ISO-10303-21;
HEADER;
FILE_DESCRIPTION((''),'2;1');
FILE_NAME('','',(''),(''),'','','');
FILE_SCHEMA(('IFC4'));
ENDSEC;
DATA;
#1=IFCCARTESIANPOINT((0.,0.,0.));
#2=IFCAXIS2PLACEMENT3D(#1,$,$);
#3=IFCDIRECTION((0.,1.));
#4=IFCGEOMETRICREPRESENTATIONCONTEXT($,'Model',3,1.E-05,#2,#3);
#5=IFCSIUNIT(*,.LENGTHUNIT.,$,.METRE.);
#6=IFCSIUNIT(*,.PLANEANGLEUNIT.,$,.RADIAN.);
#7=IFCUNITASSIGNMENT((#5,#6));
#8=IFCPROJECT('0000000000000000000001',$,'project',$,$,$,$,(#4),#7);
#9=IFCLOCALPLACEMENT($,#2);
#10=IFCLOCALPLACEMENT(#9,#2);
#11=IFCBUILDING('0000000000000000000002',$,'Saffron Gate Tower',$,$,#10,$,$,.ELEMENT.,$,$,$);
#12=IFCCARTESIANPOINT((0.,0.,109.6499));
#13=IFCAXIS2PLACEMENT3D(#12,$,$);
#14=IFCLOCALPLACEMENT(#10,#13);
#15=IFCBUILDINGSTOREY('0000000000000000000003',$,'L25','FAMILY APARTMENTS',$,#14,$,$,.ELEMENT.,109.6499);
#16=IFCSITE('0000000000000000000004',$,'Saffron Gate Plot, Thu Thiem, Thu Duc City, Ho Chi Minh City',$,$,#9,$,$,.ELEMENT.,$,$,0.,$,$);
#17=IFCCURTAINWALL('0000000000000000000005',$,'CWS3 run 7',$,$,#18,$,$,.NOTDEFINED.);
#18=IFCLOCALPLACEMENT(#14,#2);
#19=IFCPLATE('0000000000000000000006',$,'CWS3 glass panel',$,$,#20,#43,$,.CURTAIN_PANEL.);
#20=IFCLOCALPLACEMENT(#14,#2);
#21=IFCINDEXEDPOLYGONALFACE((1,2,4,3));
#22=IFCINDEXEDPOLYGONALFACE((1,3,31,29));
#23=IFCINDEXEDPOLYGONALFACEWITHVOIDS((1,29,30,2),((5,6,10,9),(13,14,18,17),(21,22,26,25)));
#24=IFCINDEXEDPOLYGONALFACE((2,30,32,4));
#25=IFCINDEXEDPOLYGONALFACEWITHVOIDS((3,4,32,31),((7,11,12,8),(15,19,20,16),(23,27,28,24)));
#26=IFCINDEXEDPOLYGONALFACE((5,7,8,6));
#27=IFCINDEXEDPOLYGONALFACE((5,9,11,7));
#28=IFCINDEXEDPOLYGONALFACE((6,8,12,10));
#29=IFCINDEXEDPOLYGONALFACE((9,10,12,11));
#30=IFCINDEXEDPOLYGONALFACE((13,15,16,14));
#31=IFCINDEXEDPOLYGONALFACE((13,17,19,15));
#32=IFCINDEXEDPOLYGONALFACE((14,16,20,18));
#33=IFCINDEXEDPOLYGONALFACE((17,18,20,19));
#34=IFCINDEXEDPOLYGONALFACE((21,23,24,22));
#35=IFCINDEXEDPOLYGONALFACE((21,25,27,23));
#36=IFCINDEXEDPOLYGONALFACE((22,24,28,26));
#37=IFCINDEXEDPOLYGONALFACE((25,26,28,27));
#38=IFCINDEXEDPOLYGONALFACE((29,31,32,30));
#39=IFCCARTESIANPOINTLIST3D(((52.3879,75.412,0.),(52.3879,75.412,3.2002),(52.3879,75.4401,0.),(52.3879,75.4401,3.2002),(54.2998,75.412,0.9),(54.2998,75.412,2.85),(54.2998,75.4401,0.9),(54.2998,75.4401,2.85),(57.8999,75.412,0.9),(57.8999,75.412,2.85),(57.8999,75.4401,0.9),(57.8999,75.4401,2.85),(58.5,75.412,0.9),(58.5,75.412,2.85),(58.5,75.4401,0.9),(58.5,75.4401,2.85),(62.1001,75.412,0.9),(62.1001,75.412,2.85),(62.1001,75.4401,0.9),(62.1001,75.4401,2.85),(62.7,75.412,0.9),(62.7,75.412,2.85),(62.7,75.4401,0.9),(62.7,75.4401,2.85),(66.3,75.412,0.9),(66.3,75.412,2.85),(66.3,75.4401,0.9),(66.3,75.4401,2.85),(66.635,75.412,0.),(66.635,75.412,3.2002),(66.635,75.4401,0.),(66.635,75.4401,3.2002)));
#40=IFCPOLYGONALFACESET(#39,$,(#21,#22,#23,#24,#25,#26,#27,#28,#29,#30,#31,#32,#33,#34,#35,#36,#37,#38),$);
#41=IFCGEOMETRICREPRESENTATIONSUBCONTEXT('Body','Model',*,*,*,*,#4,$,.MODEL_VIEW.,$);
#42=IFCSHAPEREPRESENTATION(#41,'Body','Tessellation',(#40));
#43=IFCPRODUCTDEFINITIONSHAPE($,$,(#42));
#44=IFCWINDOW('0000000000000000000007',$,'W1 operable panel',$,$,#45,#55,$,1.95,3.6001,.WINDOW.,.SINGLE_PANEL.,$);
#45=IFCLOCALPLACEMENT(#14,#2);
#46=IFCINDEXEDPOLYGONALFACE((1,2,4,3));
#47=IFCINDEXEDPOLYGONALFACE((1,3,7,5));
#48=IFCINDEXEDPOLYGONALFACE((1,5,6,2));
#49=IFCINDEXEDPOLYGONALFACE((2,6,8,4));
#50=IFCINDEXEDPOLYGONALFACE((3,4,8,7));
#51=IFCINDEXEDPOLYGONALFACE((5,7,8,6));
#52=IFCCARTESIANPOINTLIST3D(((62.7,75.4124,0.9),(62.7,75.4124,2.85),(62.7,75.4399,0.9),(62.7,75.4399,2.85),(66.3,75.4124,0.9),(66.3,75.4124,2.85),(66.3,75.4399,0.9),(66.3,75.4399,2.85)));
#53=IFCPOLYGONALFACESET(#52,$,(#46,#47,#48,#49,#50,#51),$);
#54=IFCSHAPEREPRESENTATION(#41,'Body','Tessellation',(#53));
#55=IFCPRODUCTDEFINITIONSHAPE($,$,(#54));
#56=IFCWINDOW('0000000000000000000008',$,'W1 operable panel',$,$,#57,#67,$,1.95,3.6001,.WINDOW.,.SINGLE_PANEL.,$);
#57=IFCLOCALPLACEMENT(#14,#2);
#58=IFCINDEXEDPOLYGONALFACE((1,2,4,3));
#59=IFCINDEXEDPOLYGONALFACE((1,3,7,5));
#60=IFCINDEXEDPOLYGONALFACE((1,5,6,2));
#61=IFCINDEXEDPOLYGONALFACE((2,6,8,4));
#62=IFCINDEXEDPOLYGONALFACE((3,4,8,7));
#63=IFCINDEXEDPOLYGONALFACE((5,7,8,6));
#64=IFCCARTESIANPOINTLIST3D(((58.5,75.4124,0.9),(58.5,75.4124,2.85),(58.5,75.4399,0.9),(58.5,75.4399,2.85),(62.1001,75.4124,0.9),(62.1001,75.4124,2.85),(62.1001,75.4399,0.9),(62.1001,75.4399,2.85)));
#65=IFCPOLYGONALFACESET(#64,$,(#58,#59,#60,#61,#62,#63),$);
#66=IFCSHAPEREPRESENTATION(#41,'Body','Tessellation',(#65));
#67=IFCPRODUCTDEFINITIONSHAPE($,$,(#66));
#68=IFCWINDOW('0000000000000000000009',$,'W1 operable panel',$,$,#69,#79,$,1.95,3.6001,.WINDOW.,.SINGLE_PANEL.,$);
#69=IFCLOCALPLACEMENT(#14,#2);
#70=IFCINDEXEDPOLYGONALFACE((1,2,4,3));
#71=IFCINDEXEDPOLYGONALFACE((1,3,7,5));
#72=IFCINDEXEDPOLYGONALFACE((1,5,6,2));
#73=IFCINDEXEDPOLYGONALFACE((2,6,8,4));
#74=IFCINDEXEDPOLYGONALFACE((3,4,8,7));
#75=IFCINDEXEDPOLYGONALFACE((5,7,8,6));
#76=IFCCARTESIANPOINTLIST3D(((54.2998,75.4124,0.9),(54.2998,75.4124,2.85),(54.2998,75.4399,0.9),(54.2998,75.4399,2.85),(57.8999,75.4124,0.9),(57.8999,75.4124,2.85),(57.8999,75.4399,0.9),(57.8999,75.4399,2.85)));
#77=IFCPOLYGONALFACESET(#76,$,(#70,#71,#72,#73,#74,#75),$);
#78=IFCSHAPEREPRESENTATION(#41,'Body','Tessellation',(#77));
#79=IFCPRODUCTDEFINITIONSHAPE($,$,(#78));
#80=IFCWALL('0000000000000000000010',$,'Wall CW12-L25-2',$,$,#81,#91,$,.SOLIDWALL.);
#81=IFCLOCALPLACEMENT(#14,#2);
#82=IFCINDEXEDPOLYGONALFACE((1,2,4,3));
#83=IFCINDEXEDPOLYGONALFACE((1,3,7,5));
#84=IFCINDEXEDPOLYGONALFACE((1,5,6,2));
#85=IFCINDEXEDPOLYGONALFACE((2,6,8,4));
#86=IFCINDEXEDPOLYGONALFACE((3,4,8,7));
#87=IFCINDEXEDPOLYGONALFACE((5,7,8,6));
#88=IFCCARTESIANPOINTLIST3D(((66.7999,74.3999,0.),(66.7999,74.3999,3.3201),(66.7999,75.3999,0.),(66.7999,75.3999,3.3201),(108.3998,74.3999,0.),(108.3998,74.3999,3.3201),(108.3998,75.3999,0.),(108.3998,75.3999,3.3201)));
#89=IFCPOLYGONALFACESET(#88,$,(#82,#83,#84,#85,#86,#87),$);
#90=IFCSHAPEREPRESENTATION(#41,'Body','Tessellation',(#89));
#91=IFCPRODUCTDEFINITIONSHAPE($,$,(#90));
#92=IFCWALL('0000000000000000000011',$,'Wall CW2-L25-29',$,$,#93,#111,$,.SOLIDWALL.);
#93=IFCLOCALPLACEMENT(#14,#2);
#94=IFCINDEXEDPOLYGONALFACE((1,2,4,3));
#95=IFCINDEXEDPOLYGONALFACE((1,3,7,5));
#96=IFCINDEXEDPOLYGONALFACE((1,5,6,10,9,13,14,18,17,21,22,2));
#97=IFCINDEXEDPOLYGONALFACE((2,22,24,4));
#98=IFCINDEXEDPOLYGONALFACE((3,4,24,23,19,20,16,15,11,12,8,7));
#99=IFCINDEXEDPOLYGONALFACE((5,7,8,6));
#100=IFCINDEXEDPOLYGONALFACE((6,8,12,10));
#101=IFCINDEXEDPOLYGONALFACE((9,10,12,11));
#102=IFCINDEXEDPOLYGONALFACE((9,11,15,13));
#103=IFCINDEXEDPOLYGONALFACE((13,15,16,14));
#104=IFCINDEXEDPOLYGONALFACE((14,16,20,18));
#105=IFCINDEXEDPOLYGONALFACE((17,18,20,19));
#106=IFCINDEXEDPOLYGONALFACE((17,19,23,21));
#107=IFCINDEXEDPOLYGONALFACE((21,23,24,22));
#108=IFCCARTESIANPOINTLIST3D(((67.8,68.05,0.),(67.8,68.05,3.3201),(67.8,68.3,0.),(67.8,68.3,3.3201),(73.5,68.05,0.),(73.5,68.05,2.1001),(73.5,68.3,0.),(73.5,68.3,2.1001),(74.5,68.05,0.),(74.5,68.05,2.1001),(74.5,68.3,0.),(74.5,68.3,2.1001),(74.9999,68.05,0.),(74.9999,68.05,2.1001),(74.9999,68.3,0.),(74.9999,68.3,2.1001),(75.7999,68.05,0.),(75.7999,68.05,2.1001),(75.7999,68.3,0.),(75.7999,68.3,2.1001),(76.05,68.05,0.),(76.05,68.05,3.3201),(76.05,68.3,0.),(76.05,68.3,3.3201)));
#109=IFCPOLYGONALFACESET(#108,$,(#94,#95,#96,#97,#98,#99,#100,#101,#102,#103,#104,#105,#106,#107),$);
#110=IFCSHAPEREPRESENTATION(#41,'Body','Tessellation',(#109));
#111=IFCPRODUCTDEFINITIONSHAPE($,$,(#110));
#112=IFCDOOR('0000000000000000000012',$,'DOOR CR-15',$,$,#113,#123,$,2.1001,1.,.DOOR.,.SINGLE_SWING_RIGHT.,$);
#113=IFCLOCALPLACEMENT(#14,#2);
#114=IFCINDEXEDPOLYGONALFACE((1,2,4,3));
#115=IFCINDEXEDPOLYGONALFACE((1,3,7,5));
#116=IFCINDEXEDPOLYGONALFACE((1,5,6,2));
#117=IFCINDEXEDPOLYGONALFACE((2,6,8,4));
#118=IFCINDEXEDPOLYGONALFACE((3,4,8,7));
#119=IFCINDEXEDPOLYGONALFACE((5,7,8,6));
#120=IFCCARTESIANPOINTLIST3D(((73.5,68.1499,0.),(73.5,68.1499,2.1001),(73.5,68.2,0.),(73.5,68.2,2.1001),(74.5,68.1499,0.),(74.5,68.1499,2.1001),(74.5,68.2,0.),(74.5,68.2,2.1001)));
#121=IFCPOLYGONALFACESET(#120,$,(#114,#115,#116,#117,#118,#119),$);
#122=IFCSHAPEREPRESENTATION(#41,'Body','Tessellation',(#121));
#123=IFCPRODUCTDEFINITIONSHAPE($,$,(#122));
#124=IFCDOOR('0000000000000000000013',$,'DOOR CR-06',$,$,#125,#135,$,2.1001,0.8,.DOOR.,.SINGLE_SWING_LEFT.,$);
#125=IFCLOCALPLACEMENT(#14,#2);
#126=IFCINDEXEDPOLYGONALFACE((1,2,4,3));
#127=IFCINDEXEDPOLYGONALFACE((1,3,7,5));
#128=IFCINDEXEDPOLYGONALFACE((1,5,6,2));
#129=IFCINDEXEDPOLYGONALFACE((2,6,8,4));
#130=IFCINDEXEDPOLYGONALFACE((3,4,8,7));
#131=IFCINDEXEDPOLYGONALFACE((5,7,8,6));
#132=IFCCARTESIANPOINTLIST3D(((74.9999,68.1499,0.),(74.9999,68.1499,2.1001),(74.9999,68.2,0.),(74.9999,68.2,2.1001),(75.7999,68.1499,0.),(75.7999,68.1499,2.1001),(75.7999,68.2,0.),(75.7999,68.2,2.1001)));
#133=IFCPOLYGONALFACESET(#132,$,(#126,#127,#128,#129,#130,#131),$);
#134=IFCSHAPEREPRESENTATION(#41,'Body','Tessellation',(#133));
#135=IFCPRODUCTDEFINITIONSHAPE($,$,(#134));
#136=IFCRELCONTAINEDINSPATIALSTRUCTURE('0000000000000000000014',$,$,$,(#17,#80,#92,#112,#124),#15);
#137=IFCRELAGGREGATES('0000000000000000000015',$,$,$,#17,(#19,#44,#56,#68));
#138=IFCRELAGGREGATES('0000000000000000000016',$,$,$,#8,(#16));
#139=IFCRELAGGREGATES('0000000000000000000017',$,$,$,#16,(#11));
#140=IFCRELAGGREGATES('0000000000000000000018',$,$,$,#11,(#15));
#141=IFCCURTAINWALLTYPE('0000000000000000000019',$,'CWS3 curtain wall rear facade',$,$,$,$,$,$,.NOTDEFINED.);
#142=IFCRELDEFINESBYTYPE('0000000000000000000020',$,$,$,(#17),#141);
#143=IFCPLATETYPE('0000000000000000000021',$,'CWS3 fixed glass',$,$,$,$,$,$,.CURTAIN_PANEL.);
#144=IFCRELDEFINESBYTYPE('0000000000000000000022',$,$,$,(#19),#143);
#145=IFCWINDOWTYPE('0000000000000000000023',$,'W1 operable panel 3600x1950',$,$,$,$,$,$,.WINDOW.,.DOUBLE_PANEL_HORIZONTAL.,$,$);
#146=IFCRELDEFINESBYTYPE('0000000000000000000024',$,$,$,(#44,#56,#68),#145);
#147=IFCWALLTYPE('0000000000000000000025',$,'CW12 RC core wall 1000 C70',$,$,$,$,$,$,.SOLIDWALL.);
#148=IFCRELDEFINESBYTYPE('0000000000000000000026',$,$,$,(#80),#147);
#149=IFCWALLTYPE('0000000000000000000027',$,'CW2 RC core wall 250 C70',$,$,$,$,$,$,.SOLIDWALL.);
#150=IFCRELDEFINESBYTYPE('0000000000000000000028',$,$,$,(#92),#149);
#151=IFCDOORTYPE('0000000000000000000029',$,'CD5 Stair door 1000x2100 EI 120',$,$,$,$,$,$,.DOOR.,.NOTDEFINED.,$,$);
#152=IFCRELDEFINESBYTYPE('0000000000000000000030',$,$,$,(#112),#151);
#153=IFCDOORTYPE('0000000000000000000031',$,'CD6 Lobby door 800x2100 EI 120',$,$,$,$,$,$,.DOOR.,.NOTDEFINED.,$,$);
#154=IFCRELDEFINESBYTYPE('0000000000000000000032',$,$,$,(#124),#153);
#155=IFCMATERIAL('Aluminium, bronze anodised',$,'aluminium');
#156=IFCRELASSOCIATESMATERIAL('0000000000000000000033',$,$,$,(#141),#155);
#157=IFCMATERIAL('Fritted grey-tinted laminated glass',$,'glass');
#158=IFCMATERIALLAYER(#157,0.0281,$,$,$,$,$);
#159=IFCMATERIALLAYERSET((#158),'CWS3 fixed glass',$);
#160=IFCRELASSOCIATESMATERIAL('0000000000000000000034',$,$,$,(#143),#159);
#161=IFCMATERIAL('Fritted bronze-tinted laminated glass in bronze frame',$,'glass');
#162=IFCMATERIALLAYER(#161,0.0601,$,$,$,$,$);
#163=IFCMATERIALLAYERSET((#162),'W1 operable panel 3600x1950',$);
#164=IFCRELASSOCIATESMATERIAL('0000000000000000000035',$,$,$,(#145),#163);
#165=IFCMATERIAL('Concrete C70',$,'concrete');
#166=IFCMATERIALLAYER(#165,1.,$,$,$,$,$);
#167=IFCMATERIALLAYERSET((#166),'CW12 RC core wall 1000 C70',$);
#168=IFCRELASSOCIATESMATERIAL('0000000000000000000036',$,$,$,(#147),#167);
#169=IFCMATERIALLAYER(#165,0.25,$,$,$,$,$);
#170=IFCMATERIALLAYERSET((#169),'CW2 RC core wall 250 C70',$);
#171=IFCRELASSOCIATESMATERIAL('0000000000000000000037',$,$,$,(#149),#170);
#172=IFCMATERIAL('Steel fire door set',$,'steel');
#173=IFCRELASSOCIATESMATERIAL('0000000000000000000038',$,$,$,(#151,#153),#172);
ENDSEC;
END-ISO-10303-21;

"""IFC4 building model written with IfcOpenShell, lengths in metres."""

from ifc_helpers import new_model, si_unit, direction, frame, frame_2d, origin, place, context, subcontext, project, spatial, rectangle, extrude, material, layer, layer_set, type_object, element, fill, aggregate, save


model = new_model("IFC4")

# Units and contexts
model_context = context("Model", 3, precision=1e-05, world=origin(), true_north=direction((0.0, 1.0)))
body_context = subcontext(model_context, "Body", "Model", "MODEL_VIEW")
ifc_project = project(units=[si_unit("LENGTHUNIT", "METRE"), si_unit("PLANEANGLEUNIT", "RADIAN")], contexts=[model_context])

# Site, building, storey
site_placement = place(None, origin())
site = spatial("IfcSite", under=ifc_project, at=site_placement, Name="Saffron Gate Plot, Thu Thiem, Thu Duc City, Ho Chi Minh City", CompositionType="ELEMENT", RefElevation=0.0)
building_placement = place(site_placement, origin())
building = spatial("IfcBuilding", under=site, at=building_placement, Name="Saffron Gate Tower", CompositionType="ELEMENT")
storey_placement = place(building_placement, frame((0.0, 0.0, 109.6499)))
storey = spatial("IfcBuildingStorey", under=building, at=storey_placement, Name="L25", Description="FAMILY APARTMENTS", CompositionType="ELEMENT", Elevation=109.6499)

# Curtain wall, plate, openings, windows
ifc_material_1 = material(Name="Aluminium, bronze anodised", Category="aluminium")
curtain_wall_type = type_object("IfcCurtainWallType", Name="CWS3 curtain wall rear facade", PredefinedType="NOTDEFINED", material=ifc_material_1)
curtain_wall_placement = place(storey_placement, origin())
curtain_wall = element("IfcCurtainWall", 1, at=curtain_wall_placement, inside=storey, type_object=curtain_wall_type, Name="CWS3 run 7", PredefinedType="NOTDEFINED")
ifc_material_2 = material(Name="Fritted grey-tinted laminated glass", Category="glass")
ifc_layer_1 = layer(ifc_material_2, 0.0281)
ifc_layer_set_1 = layer_set([ifc_layer_1], Name="CWS3 fixed glass")
plate_type = type_object("IfcPlateType", Name="CWS3 fixed glass", PredefinedType="CURTAIN_PANEL", material=ifc_layer_set_1)
plate_placement = place(storey_placement, frame((66.635, 75.426, 0.0), z_axis=(0.0, 0.0, 1.0), x_axis=(-1.0, 0.0, 0.0)))
plate = element("IfcPlate", 2, at=plate_placement, type_object=plate_type, Name="CWS3 glass panel", PredefinedType="CURTAIN_PANEL", context=body_context, shape_type="SweptSolid", body=[
    extrude(rectangle(XDim=14.2471, YDim=0.0281, at=frame_2d((7.1235, 0.0))), origin(), (0.0, 0.0, 1.0), 3.2002),
])
opening_1_placement = place(plate_placement, frame((0.335, 0.0, 0.8999)))
opening_1 = element("IfcOpeningElement", 3, at=opening_1_placement, cuts=plate, PredefinedType="OPENING", context=body_context, shape_type="SweptSolid", body=[
    extrude(rectangle(XDim=3.6001, YDim=1.95, at=frame_2d((1.8, 0.9751))), frame((0.0, 0.0239, 0.0), z_axis=(0.0, -1.0, 0.0), x_axis=(1.0, 0.0, 0.0)), (0.0, 0.0, 1.0), 0.0481),
])
opening_2_placement = place(plate_placement, frame((4.5349, 0.0, 0.8999)))
opening_2 = element("IfcOpeningElement", 4, at=opening_2_placement, cuts=plate, PredefinedType="OPENING", context=body_context, shape_type="SweptSolid", body=[
    extrude(rectangle(XDim=3.6001, YDim=1.95, at=frame_2d((1.8, 0.9751))), frame((0.0, 0.0239, 0.0), z_axis=(0.0, -1.0, 0.0), x_axis=(1.0, 0.0, 0.0)), (0.0, 0.0, 1.0), 0.0481),
])
opening_3_placement = place(plate_placement, frame((8.7351, 0.0, 0.8999)))
opening_3 = element("IfcOpeningElement", 5, at=opening_3_placement, cuts=plate, PredefinedType="OPENING", context=body_context, shape_type="SweptSolid", body=[
    extrude(rectangle(XDim=3.6001, YDim=1.95, at=frame_2d((1.8, 0.9751))), frame((0.0, 0.0239, 0.0), z_axis=(0.0, -1.0, 0.0), x_axis=(1.0, 0.0, 0.0)), (0.0, 0.0, 1.0), 0.0481),
])
ifc_material_3 = material(Name="Fritted bronze-tinted laminated glass in bronze frame", Category="glass")
ifc_layer_2 = layer(ifc_material_3, 0.0601)
ifc_layer_set_2 = layer_set([ifc_layer_2], Name="W1 operable panel 3600x1950")
window_type = type_object("IfcWindowType", Name="W1 operable panel 3600x1950", PartitioningType="DOUBLE_PANEL_HORIZONTAL", PredefinedType="WINDOW", material=ifc_layer_set_2)
window_1_placement = place(opening_1_placement, origin())
window_1 = element("IfcWindow", 6, at=window_1_placement, type_object=window_type, Name="W1 operable panel", OverallHeight=1.95, OverallWidth=3.6001, PartitioningType="SINGLE_PANEL", PredefinedType="WINDOW", context=body_context, shape_type="SweptSolid", body=[
    extrude(rectangle(XDim=3.6001, YDim=1.95, at=frame_2d((1.8, 0.9751))), frame((0.0, 0.0137, 0.0), z_axis=(0.0, -1.0, 0.0), x_axis=(1.0, 0.0, 0.0)), (0.0, 0.0, 1.0), 0.0276),
])
fill(opening_1, window_1)
window_2_placement = place(opening_2_placement, origin())
window_2 = element("IfcWindow", 7, at=window_2_placement, type_object=window_type, Name="W1 operable panel", OverallHeight=1.95, OverallWidth=3.6001, PartitioningType="SINGLE_PANEL", PredefinedType="WINDOW", context=body_context, shape_type="SweptSolid", body=[
    extrude(rectangle(XDim=3.6001, YDim=1.95, at=frame_2d((1.8, 0.9751))), frame((0.0, 0.0137, 0.0), z_axis=(0.0, -1.0, 0.0), x_axis=(1.0, 0.0, 0.0)), (0.0, 0.0, 1.0), 0.0276),
])
fill(opening_2, window_2)
window_3_placement = place(opening_3_placement, origin())
window_3 = element("IfcWindow", 8, at=window_3_placement, type_object=window_type, Name="W1 operable panel", OverallHeight=1.95, OverallWidth=3.6001, PartitioningType="SINGLE_PANEL", PredefinedType="WINDOW", context=body_context, shape_type="SweptSolid", body=[
    extrude(rectangle(XDim=3.6001, YDim=1.95, at=frame_2d((1.8, 0.9751))), frame((0.0, 0.0137, 0.0), z_axis=(0.0, -1.0, 0.0), x_axis=(1.0, 0.0, 0.0)), (0.0, 0.0, 1.0), 0.0276),
])
fill(opening_3, window_3)
aggregate(curtain_wall, [plate, window_1, window_2, window_3])

# Wall
ifc_material_4 = material(Name="Concrete C70", Category="concrete")
ifc_layer_3 = layer(ifc_material_4, 1.0)
ifc_layer_set_3 = layer_set([ifc_layer_3], Name="CW12 RC core wall 1000 C70")
wall_type_1 = type_object("IfcWallType", Name="CW12 RC core wall 1000 C70", PredefinedType="SOLIDWALL", material=ifc_layer_set_3)
wall_1_placement = place(storey_placement, frame((66.8, 74.8999, 0.0), z_axis=(0.0, 0.0, 1.0), x_axis=(1.0, 0.0, 0.0)))
element("IfcWall", 9, at=wall_1_placement, inside=storey, type_object=wall_type_1, Name="Wall CW12-L25-2", PredefinedType="SOLIDWALL", context=body_context, shape_type="SweptSolid", body=[
    extrude(rectangle(XDim=41.5999, YDim=1.0, at=frame_2d((20.7998, 0.0))), origin(), (0.0, 0.0, 1.0), 3.3201),
])

# Wall, openings, doors
ifc_layer_4 = layer(ifc_material_4, 0.25)
ifc_layer_set_4 = layer_set([ifc_layer_4], Name="CW2 RC core wall 250 C70")
wall_type_2 = type_object("IfcWallType", Name="CW2 RC core wall 250 C70", PredefinedType="SOLIDWALL", material=ifc_layer_set_4)
wall_2_placement = place(storey_placement, frame((67.8, 68.175, 0.0), z_axis=(0.0, 0.0, 1.0), x_axis=(1.0, 0.0, 0.0)))
wall_2 = element("IfcWall", 10, at=wall_2_placement, inside=storey, type_object=wall_type_2, Name="Wall CW2-L25-29", PredefinedType="SOLIDWALL", context=body_context, shape_type="SweptSolid", body=[
    extrude(rectangle(XDim=8.25, YDim=0.25, at=frame_2d((4.125, 0.0))), origin(), (0.0, 0.0, 1.0), 3.3201),
])
opening_4_placement = place(wall_2_placement, frame((5.7, 0.0, 0.0)))
opening_4 = element("IfcOpeningElement", 11, at=opening_4_placement, cuts=wall_2, PredefinedType="OPENING", context=body_context, shape_type="SweptSolid", body=[
    extrude(rectangle(XDim=1.0, YDim=2.1001, at=frame_2d((0.5, 1.05))), frame((0.0, 0.135, 0.0), z_axis=(0.0, -1.0, 0.0), x_axis=(1.0, 0.0, 0.0)), (0.0, 0.0, 1.0), 0.27),
])
opening_5_placement = place(wall_2_placement, frame((7.2, 0.0, 0.0)))
opening_5 = element("IfcOpeningElement", 12, at=opening_5_placement, cuts=wall_2, PredefinedType="OPENING", context=body_context, shape_type="SweptSolid", body=[
    extrude(rectangle(XDim=0.8, YDim=2.1001, at=frame_2d((0.3999, 1.05))), frame((0.0, 0.135, 0.0), z_axis=(0.0, -1.0, 0.0), x_axis=(1.0, 0.0, 0.0)), (0.0, 0.0, 1.0), 0.27),
])
ifc_material_5 = material(Name="Steel fire door set", Category="steel")
door_type_1 = type_object("IfcDoorType", Name="CD5 Stair door 1000x2100 EI 120", OperationType="NOTDEFINED", PredefinedType="DOOR", material=ifc_material_5)
door_1_placement = place(opening_4_placement, origin())
door_1 = element("IfcDoor", 13, at=door_1_placement, inside=storey, type_object=door_type_1, Name="DOOR CR-15", OperationType="SINGLE_SWING_RIGHT", OverallHeight=2.1001, OverallWidth=1.0, PredefinedType="DOOR", context=body_context, shape_type="SweptSolid", body=[
    extrude(rectangle(XDim=1.0, YDim=2.1001, at=frame_2d((0.5, 1.05))), frame((0.0, 0.0249, 0.0), z_axis=(0.0, -1.0, 0.0), x_axis=(1.0, 0.0, 0.0)), (0.0, 0.0, 1.0), 0.05),
])
fill(opening_4, door_1)
door_type_2 = type_object("IfcDoorType", Name="CD6 Lobby door 800x2100 EI 120", OperationType="NOTDEFINED", PredefinedType="DOOR", material=ifc_material_5)
door_2_placement = place(opening_5_placement, origin())
door_2 = element("IfcDoor", 14, at=door_2_placement, inside=storey, type_object=door_type_2, Name="DOOR CR-06", OperationType="SINGLE_SWING_LEFT", OverallHeight=2.1001, OverallWidth=0.8, PredefinedType="DOOR", context=body_context, shape_type="SweptSolid", body=[
    extrude(rectangle(XDim=0.8, YDim=2.1001, at=frame_2d((0.3999, 1.05))), frame((0.0, 0.0249, 0.0), z_axis=(0.0, -1.0, 0.0), x_axis=(1.0, 0.0, 0.0)), (0.0, 0.0, 1.0), 0.05),
])
fill(opening_5, door_2)

save(model, "model.ifc")
